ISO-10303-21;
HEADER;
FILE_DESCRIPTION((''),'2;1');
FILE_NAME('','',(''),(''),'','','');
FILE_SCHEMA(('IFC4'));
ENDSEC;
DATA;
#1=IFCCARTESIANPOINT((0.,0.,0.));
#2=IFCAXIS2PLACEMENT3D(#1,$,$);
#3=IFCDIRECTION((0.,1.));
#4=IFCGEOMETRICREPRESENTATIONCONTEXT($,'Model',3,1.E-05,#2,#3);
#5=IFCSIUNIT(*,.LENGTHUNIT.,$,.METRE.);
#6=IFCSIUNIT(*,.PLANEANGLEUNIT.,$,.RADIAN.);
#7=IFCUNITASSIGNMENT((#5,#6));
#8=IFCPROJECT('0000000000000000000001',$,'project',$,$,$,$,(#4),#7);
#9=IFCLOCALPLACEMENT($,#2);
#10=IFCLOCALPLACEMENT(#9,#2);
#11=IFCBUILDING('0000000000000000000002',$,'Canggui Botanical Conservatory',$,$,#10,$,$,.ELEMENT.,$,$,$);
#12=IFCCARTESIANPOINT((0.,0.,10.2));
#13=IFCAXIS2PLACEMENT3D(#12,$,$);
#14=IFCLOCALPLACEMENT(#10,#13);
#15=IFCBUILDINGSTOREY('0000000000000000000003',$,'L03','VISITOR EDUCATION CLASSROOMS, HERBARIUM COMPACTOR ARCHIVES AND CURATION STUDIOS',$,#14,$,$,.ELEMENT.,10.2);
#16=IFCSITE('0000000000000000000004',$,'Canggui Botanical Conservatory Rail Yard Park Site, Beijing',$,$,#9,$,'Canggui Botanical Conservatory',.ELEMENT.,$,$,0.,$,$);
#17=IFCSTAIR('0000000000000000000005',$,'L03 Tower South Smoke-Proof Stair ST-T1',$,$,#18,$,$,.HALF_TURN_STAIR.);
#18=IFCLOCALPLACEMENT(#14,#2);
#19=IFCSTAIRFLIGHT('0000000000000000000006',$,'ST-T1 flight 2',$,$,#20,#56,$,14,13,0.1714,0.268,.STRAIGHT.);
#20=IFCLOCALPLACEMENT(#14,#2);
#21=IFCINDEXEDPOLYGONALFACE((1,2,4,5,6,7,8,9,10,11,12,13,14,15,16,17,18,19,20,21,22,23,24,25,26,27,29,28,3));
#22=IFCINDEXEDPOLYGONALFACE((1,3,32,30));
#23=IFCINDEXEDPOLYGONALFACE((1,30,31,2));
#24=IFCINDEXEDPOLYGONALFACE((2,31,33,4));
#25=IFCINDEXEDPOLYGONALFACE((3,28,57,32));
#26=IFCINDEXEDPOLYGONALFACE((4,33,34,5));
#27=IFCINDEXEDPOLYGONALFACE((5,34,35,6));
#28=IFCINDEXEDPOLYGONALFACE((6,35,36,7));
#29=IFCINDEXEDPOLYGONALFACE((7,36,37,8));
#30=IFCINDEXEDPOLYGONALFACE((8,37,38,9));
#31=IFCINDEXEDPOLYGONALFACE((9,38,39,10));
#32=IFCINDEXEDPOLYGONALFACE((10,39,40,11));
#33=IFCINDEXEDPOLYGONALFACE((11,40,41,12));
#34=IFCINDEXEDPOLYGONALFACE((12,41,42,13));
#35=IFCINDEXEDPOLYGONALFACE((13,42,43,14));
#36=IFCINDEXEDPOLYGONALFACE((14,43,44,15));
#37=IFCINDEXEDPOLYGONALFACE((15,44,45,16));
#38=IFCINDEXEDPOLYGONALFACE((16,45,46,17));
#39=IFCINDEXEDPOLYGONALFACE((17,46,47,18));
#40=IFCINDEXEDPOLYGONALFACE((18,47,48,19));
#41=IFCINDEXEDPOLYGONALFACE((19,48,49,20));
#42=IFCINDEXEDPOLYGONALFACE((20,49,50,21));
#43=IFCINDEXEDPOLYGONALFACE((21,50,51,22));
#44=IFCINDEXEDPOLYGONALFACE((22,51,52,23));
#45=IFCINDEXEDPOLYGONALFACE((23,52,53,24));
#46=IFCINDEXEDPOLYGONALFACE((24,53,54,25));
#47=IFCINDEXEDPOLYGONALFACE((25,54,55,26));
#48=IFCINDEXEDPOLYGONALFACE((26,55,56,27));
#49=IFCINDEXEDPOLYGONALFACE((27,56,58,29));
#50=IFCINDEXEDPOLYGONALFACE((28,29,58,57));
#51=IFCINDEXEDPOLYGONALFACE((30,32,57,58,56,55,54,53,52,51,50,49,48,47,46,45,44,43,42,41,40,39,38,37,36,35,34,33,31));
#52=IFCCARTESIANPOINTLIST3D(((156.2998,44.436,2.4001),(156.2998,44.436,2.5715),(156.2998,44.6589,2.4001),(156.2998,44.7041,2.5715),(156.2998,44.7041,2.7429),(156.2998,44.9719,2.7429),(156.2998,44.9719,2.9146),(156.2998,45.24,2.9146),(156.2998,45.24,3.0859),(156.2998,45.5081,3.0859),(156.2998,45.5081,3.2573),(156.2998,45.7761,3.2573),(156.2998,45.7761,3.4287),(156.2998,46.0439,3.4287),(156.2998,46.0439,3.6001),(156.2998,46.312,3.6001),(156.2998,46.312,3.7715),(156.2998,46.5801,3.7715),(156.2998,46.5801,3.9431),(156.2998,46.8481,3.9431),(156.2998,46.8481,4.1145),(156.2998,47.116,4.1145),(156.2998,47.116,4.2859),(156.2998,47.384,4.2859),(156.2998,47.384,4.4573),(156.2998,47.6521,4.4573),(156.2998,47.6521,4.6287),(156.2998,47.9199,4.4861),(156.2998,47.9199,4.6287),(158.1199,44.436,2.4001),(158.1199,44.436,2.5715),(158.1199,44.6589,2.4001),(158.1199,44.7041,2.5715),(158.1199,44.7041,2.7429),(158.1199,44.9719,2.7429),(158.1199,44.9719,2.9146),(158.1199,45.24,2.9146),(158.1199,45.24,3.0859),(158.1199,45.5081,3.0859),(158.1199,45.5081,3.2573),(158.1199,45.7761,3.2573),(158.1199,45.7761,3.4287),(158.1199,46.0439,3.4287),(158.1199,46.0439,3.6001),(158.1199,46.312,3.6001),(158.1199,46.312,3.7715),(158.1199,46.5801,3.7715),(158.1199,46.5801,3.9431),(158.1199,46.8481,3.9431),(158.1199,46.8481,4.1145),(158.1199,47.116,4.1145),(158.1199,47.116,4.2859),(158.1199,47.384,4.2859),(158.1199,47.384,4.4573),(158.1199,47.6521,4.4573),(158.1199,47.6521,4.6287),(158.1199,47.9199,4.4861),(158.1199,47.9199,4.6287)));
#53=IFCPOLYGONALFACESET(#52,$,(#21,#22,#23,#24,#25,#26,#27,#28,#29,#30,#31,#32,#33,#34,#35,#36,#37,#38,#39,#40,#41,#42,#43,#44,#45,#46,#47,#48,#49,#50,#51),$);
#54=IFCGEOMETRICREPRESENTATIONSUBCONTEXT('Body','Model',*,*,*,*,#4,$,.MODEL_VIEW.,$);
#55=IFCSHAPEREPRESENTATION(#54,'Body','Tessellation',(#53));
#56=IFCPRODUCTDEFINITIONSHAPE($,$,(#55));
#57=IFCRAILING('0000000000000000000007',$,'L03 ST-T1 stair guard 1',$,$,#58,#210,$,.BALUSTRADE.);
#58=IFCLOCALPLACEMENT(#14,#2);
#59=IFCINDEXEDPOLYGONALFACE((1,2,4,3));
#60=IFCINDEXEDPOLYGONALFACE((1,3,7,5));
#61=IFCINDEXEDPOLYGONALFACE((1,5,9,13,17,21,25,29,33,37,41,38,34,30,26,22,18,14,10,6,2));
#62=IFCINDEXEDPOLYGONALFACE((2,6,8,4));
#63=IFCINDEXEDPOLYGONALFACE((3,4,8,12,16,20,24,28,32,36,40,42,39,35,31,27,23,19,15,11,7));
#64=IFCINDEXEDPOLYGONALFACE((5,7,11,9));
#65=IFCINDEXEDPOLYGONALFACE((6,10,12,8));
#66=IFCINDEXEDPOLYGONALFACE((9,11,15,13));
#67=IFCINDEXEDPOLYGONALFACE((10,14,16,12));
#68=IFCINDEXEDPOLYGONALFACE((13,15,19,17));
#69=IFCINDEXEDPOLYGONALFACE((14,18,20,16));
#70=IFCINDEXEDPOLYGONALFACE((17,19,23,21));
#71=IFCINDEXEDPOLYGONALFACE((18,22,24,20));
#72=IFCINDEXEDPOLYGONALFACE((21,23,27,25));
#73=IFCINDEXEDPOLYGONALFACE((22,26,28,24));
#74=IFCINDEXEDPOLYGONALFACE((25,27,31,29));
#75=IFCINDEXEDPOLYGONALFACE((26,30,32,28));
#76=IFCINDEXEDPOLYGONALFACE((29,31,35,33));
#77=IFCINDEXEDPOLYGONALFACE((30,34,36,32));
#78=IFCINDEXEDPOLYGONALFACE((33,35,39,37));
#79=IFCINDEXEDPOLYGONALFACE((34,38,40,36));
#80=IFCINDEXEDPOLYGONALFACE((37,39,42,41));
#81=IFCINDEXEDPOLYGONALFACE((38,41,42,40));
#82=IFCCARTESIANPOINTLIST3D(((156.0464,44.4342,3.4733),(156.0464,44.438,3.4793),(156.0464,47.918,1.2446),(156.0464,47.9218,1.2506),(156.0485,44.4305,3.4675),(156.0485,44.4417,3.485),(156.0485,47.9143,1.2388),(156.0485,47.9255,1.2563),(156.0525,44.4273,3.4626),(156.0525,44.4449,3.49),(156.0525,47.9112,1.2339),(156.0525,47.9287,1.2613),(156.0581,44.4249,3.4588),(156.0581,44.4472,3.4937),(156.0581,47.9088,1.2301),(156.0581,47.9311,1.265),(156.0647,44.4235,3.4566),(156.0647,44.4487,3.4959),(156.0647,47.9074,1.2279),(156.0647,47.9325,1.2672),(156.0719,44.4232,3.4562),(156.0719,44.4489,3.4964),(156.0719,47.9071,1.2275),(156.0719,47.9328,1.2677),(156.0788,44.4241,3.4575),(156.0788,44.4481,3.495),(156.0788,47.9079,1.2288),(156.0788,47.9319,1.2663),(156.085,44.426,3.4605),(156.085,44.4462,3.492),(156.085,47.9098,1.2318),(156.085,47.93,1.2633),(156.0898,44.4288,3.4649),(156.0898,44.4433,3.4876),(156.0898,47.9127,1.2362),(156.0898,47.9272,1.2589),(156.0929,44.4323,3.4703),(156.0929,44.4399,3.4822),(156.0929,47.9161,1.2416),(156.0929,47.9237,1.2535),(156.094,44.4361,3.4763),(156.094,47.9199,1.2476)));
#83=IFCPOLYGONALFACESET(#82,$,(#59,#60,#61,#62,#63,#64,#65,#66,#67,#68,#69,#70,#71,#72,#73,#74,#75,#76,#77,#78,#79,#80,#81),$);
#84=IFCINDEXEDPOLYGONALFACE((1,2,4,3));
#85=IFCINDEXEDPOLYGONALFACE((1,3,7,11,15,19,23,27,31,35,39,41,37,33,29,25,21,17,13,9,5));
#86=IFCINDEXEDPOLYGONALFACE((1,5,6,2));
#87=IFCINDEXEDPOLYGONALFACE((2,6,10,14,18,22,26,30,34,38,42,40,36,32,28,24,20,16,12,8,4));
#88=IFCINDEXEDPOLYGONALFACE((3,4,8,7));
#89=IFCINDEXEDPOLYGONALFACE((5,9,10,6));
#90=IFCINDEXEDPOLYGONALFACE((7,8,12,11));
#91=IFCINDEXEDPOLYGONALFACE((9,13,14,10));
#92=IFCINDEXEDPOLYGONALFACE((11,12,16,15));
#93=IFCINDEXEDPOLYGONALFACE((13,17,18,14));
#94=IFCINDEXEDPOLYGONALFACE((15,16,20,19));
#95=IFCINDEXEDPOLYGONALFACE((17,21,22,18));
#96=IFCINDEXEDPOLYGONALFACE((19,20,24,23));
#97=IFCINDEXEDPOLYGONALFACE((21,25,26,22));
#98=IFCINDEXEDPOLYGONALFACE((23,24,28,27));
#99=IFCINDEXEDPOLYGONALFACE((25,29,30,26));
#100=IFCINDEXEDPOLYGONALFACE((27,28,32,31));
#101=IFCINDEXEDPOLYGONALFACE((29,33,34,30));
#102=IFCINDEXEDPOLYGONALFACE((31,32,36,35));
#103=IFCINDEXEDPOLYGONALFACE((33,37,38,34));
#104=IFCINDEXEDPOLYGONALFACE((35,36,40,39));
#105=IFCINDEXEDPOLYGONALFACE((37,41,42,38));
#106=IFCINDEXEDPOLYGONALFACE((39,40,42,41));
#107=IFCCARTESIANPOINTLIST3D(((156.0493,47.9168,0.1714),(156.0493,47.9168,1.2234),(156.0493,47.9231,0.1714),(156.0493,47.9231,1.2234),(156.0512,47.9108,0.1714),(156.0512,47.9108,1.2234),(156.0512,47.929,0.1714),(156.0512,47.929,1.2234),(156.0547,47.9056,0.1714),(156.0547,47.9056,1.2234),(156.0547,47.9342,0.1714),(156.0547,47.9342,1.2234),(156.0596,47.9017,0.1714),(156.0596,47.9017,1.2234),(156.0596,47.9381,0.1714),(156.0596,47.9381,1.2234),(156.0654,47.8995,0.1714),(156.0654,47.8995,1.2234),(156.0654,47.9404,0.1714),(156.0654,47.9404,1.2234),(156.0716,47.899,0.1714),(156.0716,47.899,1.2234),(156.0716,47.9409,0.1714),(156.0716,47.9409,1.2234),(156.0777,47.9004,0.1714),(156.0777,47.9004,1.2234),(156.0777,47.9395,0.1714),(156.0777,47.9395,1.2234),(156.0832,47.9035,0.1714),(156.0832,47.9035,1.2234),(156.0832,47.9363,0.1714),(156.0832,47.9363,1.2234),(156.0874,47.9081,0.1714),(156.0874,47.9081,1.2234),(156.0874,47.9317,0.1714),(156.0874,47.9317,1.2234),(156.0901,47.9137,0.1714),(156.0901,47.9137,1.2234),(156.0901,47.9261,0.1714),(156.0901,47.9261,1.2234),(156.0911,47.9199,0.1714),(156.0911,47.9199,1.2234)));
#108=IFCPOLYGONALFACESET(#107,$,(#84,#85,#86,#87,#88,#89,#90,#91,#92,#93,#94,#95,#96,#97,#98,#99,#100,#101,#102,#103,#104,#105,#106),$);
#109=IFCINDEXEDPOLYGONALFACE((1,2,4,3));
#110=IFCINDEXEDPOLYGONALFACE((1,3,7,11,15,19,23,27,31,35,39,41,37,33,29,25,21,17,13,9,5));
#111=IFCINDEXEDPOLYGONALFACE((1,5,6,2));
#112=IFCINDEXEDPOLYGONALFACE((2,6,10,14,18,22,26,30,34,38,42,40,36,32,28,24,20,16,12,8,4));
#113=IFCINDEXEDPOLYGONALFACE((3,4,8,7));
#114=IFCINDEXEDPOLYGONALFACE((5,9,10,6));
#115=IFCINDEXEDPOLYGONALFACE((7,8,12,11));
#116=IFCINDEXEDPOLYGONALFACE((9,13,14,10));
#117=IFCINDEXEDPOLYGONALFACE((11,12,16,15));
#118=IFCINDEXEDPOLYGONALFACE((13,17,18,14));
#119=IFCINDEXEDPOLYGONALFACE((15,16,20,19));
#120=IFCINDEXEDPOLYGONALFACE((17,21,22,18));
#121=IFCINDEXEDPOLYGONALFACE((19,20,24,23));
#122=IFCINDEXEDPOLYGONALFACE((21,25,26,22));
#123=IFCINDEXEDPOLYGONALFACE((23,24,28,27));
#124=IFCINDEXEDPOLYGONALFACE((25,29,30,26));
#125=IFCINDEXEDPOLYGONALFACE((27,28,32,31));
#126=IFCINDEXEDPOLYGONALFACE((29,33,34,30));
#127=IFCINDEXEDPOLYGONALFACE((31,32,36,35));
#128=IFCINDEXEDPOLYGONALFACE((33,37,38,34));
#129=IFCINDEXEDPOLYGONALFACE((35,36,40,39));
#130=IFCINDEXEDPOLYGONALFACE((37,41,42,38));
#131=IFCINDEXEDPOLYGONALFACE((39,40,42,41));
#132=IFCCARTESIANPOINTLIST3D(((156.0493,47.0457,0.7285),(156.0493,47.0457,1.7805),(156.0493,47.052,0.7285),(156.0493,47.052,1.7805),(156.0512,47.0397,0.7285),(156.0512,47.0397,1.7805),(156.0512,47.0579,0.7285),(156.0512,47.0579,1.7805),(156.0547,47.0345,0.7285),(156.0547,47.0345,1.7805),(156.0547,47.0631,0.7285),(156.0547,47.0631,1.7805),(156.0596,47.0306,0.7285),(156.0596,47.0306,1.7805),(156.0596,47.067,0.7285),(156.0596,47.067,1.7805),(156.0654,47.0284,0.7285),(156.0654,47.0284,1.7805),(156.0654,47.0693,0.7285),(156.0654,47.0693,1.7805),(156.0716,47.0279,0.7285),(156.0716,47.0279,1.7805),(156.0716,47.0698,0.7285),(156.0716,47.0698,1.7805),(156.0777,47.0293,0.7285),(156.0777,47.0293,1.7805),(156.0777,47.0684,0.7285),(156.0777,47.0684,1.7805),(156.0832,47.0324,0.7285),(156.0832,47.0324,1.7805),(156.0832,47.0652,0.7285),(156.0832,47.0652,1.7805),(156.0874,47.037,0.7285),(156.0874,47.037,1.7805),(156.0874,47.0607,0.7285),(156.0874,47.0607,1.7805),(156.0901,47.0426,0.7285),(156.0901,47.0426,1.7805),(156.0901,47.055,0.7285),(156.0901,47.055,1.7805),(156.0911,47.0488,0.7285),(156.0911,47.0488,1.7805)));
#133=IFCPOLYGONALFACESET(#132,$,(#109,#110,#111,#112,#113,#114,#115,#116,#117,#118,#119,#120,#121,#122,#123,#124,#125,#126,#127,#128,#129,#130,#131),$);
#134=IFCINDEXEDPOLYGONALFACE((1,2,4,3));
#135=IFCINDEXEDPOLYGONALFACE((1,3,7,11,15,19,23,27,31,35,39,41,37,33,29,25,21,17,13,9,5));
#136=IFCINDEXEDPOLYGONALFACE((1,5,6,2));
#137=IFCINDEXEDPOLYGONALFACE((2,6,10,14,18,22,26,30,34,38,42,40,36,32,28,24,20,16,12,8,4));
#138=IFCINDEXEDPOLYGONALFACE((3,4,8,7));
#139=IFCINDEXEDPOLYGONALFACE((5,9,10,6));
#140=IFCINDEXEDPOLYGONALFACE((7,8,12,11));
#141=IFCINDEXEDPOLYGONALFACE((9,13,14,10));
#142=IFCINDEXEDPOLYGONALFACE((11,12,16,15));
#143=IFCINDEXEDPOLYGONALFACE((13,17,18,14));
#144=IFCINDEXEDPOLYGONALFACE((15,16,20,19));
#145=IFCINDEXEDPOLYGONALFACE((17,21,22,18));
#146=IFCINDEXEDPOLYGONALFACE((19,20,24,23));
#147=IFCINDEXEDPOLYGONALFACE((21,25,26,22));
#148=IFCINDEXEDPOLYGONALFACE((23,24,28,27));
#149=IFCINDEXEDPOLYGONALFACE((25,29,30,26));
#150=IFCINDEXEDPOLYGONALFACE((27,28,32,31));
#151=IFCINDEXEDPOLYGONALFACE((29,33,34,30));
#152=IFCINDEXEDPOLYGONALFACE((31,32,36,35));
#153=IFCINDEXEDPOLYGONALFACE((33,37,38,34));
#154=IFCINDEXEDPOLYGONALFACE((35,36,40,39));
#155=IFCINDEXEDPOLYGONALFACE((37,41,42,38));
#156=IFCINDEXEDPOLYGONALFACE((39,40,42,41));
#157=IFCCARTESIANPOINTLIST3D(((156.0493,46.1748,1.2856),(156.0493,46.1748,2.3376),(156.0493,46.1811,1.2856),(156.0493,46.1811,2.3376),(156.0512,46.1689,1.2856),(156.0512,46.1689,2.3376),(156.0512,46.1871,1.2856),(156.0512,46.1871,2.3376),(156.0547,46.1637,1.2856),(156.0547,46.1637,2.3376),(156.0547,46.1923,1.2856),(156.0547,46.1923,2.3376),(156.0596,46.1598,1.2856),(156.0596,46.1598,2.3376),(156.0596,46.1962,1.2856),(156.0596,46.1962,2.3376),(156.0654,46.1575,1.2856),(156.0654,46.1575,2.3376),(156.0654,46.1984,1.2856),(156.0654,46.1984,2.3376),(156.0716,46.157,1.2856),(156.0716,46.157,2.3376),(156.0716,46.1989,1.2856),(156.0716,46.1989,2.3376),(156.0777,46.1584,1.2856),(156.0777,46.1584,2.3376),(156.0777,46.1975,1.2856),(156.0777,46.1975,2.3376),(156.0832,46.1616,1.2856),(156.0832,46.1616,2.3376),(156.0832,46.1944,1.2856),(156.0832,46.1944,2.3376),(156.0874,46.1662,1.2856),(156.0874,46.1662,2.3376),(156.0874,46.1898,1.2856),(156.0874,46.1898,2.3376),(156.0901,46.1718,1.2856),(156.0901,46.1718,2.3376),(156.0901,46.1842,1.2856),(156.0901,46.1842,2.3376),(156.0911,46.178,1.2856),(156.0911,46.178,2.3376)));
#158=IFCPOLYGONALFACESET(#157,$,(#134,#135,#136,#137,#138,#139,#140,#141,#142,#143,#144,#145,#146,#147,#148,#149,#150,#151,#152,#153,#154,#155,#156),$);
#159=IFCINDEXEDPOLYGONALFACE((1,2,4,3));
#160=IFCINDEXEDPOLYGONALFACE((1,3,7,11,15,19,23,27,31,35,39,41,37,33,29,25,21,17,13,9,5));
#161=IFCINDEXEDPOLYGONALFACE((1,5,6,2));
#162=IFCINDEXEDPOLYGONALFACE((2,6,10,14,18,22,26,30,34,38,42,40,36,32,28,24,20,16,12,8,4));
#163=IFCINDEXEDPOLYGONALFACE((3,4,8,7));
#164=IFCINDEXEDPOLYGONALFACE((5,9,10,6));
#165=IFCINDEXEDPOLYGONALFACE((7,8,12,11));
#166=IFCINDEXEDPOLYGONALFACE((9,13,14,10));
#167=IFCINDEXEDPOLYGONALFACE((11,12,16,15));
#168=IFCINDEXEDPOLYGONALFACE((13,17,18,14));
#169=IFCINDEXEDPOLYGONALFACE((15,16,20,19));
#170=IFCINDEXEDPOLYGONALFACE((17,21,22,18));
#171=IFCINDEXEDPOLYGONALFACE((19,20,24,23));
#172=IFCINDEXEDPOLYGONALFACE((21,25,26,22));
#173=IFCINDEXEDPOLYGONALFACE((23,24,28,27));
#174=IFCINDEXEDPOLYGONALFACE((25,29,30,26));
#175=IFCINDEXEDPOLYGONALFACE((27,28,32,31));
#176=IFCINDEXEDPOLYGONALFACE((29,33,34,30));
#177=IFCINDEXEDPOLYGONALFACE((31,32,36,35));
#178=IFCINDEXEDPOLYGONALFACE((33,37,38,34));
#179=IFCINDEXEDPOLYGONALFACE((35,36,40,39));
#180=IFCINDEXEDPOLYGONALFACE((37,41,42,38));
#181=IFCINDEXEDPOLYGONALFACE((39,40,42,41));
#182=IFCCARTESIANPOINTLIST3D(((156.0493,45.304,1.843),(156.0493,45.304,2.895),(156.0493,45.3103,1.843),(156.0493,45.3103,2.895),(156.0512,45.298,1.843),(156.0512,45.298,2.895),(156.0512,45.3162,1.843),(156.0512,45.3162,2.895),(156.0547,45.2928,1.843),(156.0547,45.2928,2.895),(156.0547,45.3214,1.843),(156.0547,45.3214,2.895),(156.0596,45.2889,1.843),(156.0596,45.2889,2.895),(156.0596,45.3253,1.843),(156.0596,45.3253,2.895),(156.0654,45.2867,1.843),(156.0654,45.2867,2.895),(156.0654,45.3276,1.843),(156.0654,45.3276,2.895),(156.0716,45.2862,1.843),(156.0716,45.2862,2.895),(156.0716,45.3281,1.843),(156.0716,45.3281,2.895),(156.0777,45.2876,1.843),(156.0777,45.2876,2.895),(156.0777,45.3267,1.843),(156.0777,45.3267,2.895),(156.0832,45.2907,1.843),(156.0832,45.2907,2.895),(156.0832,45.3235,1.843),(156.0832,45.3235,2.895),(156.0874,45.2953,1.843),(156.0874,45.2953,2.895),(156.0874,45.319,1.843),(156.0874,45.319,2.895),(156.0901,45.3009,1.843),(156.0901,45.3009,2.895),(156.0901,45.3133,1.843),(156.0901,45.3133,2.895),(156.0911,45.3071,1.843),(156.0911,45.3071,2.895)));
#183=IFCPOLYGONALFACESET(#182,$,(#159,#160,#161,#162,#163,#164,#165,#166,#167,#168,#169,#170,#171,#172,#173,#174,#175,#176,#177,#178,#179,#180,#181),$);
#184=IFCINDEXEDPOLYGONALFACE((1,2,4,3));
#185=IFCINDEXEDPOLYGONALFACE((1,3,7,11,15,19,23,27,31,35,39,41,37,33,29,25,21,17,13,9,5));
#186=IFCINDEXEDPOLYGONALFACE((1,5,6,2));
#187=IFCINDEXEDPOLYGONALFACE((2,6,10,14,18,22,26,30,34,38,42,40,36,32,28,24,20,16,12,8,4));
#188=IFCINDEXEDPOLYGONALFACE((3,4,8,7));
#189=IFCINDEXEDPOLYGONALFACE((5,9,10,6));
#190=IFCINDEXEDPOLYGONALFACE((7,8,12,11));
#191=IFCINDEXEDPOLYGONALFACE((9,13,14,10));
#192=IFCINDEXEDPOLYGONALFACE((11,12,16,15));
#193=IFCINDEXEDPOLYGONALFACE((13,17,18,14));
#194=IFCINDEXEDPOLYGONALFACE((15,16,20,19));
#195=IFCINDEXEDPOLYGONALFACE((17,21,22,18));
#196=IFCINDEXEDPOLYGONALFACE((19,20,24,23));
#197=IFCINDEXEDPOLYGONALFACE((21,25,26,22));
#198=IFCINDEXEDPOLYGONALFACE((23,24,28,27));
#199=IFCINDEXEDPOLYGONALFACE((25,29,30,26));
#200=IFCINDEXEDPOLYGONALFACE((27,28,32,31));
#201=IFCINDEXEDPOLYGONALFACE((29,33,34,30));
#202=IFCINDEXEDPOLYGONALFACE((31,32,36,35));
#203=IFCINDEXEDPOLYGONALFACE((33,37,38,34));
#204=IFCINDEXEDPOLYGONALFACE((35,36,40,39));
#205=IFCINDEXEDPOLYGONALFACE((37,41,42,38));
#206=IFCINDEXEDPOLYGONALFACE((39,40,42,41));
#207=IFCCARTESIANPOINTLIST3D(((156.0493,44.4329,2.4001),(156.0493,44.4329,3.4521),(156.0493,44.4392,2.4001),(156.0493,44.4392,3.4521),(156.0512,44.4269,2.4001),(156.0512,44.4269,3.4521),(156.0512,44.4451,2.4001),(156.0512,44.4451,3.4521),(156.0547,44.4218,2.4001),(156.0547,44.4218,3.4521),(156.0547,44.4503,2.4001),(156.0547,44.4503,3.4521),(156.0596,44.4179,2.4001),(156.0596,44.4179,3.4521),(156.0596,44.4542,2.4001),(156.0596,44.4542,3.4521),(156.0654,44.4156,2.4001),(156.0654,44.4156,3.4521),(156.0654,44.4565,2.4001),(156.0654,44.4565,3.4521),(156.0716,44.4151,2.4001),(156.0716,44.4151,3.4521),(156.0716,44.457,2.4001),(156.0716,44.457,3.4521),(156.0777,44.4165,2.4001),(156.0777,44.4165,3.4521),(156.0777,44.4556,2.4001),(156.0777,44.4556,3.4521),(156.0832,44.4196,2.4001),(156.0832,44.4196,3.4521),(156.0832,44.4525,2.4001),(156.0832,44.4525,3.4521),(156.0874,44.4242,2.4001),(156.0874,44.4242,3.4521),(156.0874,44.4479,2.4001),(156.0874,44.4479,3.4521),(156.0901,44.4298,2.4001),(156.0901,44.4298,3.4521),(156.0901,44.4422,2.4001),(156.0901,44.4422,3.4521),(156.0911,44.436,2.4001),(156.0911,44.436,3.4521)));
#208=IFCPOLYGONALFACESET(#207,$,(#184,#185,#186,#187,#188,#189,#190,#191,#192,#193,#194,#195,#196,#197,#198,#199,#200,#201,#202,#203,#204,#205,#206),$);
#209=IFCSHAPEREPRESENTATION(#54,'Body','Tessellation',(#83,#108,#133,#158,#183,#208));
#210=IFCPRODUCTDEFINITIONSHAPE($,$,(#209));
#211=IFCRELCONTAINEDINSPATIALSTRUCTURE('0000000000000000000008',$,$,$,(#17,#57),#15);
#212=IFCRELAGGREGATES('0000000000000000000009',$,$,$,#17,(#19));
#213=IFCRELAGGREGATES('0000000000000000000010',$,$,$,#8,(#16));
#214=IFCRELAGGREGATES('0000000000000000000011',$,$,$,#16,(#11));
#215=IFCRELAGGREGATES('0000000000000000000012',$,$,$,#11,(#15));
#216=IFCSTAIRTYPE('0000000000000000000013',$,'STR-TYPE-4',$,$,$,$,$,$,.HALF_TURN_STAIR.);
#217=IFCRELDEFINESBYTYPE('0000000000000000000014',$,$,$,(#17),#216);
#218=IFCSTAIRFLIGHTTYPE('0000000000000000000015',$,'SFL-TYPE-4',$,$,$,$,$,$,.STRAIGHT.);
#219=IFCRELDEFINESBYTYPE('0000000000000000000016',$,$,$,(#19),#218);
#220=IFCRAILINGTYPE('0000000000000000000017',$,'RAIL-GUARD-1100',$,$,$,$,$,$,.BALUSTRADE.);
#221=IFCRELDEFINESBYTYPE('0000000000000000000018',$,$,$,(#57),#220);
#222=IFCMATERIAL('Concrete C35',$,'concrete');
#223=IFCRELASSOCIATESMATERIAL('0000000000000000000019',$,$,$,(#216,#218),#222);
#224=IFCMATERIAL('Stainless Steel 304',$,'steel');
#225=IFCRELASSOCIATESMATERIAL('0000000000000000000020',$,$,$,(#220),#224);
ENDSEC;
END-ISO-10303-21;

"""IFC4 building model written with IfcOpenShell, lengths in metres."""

from ifc_helpers import new_model, si_unit, direction, frame, origin, origin_2d, place, context, subcontext, project, spatial, polyline, circle, outline, extrude, material, type_object, element, aggregate, save


model = new_model("IFC4")

# Units and contexts
model_context = context("Model", 3, precision=1e-05, world=origin(), true_north=direction((0.0, 1.0)))
body_context = subcontext(model_context, "Body", "Model", "MODEL_VIEW")
ifc_project = project(units=[si_unit("LENGTHUNIT", "METRE"), si_unit("PLANEANGLEUNIT", "RADIAN")], contexts=[model_context])

# Site, building, storey
site_placement = place(None, origin())
site = spatial("IfcSite", under=ifc_project, at=site_placement, Name="Canggui Botanical Conservatory Rail Yard Park Site, Beijing", LongName="Canggui Botanical Conservatory", CompositionType="ELEMENT", RefElevation=0.0)
building_placement = place(site_placement, origin())
building = spatial("IfcBuilding", under=site, at=building_placement, Name="Canggui Botanical Conservatory", CompositionType="ELEMENT")
storey_placement = place(building_placement, frame((0.0, 0.0, 10.2)))
storey = spatial("IfcBuildingStorey", under=building, at=storey_placement, Name="L03", Description="VISITOR EDUCATION CLASSROOMS, HERBARIUM COMPACTOR ARCHIVES AND CURATION STUDIOS", CompositionType="ELEMENT", Elevation=10.2)

# Shared definitions
ifc_material_1 = material(Name="Concrete C35", Category="concrete")

# Shared definitions
ifc_material_2 = material(Name="Stainless Steel 304", Category="steel")

# Stair, stair flight
stair_type = type_object("IfcStairType", Name="STR-TYPE-4", PredefinedType="HALF_TURN_STAIR", material=ifc_material_1)
stair_placement = place(storey_placement, origin())
stair = element("IfcStair", 1, at=stair_placement, inside=storey, type_object=stair_type, Name="L03 Tower South Smoke-Proof Stair ST-T1", PredefinedType="HALF_TURN_STAIR")
stair_flight_type = type_object("IfcStairFlightType", Name="SFL-TYPE-4", PredefinedType="STRAIGHT", material=ifc_material_1)
stair_flight_1_placement = place(storey_placement, frame((157.21, 44.436, 2.4001), z_axis=(0.0, 0.0, 1.0), x_axis=(0.0, 1.0, 0.0)))
stair_flight_1 = element("IfcStairFlight", 2, at=stair_flight_1_placement, type_object=stair_flight_type, Name="ST-T1 flight 2", NumberOfRisers=14, NumberOfTreads=13, PredefinedType="STRAIGHT", RiserHeight=0.1714, TreadLength=0.268, context=body_context, shape_type="SweptSolid", body=[
    extrude(outline(polyline([(0.0, 0.0), (0.0, 0.1714), (0.2681, 0.1714), (0.2681, 0.3428), (0.5359, 0.3428), (0.5359, 0.5144), (0.804, 0.5144), (0.804, 0.6858), (1.072, 0.6858), (1.072, 0.8572), (1.3401, 0.8572), (1.3401, 1.0286), (1.6079, 1.0286), (1.6079, 1.2), (1.876, 1.2), (1.876, 1.3713), (2.144, 1.3713), (2.144, 1.543), (2.4121, 1.543), (2.4121, 1.7144), (2.6799, 1.7144), (2.6799, 1.8857), (2.948, 1.8857), (2.948, 2.0571), (3.2161, 2.0571), (3.2161, 2.2285), (3.4839, 2.2285), (3.4839, 2.3999), (3.4839, 2.0859), (0.2229, 0.0), (0.0, 0.0)])), frame((0.0, 0.9102, 0.0), z_axis=(0.0, -1.0, 0.0), x_axis=(1.0, 0.0, 0.0)), (0.0, 0.0, 1.0), 1.8201),
])
aggregate(stair, [stair_flight_1])

# Railing
railing_type_1 = type_object("IfcRailingType", Name="RAIL-GUARD-1100", PredefinedType="BALUSTRADE", material=ifc_material_2)
railing_1_placement = place(storey_placement, frame((156.0701, 47.9199, 0.1714)))
element("IfcRailing", 3, at=railing_1_placement, inside=storey, type_object=railing_type_1, Name="L03 ST-T1 stair guard 1", PredefinedType="BALUSTRADE", context=body_context, shape_type="SweptSolid", body=[
    extrude(circle(Radius=0.0239, at=origin_2d()), frame((0.0, 0.0, 1.0762), z_axis=(0.0, -0.842373, 0.538895), x_axis=(1.0, 0.0, 0.0)), (0.0, 0.0, 1.0), 4.1357),
    extrude(circle(Radius=0.021, at=origin_2d()), origin(), (0.0, 0.0, 1.0), 1.052),
    extrude(circle(Radius=0.021, at=origin_2d()), frame((0.0, -0.8711, 0.5571)), (0.0, 0.0, 1.0), 1.052),
    extrude(circle(Radius=0.021, at=origin_2d()), frame((0.0, -1.7419, 1.1143)), (0.0, 0.0, 1.0), 1.052),
    extrude(circle(Radius=0.021, at=origin_2d()), frame((0.0, -2.6128, 1.6716)), (0.0, 0.0, 1.0), 1.052),
    extrude(circle(Radius=0.021, at=origin_2d()), frame((0.0, -3.4839, 2.2288)), (0.0, 0.0, 1.0), 1.052),
])

save(model, "model.ifc")
